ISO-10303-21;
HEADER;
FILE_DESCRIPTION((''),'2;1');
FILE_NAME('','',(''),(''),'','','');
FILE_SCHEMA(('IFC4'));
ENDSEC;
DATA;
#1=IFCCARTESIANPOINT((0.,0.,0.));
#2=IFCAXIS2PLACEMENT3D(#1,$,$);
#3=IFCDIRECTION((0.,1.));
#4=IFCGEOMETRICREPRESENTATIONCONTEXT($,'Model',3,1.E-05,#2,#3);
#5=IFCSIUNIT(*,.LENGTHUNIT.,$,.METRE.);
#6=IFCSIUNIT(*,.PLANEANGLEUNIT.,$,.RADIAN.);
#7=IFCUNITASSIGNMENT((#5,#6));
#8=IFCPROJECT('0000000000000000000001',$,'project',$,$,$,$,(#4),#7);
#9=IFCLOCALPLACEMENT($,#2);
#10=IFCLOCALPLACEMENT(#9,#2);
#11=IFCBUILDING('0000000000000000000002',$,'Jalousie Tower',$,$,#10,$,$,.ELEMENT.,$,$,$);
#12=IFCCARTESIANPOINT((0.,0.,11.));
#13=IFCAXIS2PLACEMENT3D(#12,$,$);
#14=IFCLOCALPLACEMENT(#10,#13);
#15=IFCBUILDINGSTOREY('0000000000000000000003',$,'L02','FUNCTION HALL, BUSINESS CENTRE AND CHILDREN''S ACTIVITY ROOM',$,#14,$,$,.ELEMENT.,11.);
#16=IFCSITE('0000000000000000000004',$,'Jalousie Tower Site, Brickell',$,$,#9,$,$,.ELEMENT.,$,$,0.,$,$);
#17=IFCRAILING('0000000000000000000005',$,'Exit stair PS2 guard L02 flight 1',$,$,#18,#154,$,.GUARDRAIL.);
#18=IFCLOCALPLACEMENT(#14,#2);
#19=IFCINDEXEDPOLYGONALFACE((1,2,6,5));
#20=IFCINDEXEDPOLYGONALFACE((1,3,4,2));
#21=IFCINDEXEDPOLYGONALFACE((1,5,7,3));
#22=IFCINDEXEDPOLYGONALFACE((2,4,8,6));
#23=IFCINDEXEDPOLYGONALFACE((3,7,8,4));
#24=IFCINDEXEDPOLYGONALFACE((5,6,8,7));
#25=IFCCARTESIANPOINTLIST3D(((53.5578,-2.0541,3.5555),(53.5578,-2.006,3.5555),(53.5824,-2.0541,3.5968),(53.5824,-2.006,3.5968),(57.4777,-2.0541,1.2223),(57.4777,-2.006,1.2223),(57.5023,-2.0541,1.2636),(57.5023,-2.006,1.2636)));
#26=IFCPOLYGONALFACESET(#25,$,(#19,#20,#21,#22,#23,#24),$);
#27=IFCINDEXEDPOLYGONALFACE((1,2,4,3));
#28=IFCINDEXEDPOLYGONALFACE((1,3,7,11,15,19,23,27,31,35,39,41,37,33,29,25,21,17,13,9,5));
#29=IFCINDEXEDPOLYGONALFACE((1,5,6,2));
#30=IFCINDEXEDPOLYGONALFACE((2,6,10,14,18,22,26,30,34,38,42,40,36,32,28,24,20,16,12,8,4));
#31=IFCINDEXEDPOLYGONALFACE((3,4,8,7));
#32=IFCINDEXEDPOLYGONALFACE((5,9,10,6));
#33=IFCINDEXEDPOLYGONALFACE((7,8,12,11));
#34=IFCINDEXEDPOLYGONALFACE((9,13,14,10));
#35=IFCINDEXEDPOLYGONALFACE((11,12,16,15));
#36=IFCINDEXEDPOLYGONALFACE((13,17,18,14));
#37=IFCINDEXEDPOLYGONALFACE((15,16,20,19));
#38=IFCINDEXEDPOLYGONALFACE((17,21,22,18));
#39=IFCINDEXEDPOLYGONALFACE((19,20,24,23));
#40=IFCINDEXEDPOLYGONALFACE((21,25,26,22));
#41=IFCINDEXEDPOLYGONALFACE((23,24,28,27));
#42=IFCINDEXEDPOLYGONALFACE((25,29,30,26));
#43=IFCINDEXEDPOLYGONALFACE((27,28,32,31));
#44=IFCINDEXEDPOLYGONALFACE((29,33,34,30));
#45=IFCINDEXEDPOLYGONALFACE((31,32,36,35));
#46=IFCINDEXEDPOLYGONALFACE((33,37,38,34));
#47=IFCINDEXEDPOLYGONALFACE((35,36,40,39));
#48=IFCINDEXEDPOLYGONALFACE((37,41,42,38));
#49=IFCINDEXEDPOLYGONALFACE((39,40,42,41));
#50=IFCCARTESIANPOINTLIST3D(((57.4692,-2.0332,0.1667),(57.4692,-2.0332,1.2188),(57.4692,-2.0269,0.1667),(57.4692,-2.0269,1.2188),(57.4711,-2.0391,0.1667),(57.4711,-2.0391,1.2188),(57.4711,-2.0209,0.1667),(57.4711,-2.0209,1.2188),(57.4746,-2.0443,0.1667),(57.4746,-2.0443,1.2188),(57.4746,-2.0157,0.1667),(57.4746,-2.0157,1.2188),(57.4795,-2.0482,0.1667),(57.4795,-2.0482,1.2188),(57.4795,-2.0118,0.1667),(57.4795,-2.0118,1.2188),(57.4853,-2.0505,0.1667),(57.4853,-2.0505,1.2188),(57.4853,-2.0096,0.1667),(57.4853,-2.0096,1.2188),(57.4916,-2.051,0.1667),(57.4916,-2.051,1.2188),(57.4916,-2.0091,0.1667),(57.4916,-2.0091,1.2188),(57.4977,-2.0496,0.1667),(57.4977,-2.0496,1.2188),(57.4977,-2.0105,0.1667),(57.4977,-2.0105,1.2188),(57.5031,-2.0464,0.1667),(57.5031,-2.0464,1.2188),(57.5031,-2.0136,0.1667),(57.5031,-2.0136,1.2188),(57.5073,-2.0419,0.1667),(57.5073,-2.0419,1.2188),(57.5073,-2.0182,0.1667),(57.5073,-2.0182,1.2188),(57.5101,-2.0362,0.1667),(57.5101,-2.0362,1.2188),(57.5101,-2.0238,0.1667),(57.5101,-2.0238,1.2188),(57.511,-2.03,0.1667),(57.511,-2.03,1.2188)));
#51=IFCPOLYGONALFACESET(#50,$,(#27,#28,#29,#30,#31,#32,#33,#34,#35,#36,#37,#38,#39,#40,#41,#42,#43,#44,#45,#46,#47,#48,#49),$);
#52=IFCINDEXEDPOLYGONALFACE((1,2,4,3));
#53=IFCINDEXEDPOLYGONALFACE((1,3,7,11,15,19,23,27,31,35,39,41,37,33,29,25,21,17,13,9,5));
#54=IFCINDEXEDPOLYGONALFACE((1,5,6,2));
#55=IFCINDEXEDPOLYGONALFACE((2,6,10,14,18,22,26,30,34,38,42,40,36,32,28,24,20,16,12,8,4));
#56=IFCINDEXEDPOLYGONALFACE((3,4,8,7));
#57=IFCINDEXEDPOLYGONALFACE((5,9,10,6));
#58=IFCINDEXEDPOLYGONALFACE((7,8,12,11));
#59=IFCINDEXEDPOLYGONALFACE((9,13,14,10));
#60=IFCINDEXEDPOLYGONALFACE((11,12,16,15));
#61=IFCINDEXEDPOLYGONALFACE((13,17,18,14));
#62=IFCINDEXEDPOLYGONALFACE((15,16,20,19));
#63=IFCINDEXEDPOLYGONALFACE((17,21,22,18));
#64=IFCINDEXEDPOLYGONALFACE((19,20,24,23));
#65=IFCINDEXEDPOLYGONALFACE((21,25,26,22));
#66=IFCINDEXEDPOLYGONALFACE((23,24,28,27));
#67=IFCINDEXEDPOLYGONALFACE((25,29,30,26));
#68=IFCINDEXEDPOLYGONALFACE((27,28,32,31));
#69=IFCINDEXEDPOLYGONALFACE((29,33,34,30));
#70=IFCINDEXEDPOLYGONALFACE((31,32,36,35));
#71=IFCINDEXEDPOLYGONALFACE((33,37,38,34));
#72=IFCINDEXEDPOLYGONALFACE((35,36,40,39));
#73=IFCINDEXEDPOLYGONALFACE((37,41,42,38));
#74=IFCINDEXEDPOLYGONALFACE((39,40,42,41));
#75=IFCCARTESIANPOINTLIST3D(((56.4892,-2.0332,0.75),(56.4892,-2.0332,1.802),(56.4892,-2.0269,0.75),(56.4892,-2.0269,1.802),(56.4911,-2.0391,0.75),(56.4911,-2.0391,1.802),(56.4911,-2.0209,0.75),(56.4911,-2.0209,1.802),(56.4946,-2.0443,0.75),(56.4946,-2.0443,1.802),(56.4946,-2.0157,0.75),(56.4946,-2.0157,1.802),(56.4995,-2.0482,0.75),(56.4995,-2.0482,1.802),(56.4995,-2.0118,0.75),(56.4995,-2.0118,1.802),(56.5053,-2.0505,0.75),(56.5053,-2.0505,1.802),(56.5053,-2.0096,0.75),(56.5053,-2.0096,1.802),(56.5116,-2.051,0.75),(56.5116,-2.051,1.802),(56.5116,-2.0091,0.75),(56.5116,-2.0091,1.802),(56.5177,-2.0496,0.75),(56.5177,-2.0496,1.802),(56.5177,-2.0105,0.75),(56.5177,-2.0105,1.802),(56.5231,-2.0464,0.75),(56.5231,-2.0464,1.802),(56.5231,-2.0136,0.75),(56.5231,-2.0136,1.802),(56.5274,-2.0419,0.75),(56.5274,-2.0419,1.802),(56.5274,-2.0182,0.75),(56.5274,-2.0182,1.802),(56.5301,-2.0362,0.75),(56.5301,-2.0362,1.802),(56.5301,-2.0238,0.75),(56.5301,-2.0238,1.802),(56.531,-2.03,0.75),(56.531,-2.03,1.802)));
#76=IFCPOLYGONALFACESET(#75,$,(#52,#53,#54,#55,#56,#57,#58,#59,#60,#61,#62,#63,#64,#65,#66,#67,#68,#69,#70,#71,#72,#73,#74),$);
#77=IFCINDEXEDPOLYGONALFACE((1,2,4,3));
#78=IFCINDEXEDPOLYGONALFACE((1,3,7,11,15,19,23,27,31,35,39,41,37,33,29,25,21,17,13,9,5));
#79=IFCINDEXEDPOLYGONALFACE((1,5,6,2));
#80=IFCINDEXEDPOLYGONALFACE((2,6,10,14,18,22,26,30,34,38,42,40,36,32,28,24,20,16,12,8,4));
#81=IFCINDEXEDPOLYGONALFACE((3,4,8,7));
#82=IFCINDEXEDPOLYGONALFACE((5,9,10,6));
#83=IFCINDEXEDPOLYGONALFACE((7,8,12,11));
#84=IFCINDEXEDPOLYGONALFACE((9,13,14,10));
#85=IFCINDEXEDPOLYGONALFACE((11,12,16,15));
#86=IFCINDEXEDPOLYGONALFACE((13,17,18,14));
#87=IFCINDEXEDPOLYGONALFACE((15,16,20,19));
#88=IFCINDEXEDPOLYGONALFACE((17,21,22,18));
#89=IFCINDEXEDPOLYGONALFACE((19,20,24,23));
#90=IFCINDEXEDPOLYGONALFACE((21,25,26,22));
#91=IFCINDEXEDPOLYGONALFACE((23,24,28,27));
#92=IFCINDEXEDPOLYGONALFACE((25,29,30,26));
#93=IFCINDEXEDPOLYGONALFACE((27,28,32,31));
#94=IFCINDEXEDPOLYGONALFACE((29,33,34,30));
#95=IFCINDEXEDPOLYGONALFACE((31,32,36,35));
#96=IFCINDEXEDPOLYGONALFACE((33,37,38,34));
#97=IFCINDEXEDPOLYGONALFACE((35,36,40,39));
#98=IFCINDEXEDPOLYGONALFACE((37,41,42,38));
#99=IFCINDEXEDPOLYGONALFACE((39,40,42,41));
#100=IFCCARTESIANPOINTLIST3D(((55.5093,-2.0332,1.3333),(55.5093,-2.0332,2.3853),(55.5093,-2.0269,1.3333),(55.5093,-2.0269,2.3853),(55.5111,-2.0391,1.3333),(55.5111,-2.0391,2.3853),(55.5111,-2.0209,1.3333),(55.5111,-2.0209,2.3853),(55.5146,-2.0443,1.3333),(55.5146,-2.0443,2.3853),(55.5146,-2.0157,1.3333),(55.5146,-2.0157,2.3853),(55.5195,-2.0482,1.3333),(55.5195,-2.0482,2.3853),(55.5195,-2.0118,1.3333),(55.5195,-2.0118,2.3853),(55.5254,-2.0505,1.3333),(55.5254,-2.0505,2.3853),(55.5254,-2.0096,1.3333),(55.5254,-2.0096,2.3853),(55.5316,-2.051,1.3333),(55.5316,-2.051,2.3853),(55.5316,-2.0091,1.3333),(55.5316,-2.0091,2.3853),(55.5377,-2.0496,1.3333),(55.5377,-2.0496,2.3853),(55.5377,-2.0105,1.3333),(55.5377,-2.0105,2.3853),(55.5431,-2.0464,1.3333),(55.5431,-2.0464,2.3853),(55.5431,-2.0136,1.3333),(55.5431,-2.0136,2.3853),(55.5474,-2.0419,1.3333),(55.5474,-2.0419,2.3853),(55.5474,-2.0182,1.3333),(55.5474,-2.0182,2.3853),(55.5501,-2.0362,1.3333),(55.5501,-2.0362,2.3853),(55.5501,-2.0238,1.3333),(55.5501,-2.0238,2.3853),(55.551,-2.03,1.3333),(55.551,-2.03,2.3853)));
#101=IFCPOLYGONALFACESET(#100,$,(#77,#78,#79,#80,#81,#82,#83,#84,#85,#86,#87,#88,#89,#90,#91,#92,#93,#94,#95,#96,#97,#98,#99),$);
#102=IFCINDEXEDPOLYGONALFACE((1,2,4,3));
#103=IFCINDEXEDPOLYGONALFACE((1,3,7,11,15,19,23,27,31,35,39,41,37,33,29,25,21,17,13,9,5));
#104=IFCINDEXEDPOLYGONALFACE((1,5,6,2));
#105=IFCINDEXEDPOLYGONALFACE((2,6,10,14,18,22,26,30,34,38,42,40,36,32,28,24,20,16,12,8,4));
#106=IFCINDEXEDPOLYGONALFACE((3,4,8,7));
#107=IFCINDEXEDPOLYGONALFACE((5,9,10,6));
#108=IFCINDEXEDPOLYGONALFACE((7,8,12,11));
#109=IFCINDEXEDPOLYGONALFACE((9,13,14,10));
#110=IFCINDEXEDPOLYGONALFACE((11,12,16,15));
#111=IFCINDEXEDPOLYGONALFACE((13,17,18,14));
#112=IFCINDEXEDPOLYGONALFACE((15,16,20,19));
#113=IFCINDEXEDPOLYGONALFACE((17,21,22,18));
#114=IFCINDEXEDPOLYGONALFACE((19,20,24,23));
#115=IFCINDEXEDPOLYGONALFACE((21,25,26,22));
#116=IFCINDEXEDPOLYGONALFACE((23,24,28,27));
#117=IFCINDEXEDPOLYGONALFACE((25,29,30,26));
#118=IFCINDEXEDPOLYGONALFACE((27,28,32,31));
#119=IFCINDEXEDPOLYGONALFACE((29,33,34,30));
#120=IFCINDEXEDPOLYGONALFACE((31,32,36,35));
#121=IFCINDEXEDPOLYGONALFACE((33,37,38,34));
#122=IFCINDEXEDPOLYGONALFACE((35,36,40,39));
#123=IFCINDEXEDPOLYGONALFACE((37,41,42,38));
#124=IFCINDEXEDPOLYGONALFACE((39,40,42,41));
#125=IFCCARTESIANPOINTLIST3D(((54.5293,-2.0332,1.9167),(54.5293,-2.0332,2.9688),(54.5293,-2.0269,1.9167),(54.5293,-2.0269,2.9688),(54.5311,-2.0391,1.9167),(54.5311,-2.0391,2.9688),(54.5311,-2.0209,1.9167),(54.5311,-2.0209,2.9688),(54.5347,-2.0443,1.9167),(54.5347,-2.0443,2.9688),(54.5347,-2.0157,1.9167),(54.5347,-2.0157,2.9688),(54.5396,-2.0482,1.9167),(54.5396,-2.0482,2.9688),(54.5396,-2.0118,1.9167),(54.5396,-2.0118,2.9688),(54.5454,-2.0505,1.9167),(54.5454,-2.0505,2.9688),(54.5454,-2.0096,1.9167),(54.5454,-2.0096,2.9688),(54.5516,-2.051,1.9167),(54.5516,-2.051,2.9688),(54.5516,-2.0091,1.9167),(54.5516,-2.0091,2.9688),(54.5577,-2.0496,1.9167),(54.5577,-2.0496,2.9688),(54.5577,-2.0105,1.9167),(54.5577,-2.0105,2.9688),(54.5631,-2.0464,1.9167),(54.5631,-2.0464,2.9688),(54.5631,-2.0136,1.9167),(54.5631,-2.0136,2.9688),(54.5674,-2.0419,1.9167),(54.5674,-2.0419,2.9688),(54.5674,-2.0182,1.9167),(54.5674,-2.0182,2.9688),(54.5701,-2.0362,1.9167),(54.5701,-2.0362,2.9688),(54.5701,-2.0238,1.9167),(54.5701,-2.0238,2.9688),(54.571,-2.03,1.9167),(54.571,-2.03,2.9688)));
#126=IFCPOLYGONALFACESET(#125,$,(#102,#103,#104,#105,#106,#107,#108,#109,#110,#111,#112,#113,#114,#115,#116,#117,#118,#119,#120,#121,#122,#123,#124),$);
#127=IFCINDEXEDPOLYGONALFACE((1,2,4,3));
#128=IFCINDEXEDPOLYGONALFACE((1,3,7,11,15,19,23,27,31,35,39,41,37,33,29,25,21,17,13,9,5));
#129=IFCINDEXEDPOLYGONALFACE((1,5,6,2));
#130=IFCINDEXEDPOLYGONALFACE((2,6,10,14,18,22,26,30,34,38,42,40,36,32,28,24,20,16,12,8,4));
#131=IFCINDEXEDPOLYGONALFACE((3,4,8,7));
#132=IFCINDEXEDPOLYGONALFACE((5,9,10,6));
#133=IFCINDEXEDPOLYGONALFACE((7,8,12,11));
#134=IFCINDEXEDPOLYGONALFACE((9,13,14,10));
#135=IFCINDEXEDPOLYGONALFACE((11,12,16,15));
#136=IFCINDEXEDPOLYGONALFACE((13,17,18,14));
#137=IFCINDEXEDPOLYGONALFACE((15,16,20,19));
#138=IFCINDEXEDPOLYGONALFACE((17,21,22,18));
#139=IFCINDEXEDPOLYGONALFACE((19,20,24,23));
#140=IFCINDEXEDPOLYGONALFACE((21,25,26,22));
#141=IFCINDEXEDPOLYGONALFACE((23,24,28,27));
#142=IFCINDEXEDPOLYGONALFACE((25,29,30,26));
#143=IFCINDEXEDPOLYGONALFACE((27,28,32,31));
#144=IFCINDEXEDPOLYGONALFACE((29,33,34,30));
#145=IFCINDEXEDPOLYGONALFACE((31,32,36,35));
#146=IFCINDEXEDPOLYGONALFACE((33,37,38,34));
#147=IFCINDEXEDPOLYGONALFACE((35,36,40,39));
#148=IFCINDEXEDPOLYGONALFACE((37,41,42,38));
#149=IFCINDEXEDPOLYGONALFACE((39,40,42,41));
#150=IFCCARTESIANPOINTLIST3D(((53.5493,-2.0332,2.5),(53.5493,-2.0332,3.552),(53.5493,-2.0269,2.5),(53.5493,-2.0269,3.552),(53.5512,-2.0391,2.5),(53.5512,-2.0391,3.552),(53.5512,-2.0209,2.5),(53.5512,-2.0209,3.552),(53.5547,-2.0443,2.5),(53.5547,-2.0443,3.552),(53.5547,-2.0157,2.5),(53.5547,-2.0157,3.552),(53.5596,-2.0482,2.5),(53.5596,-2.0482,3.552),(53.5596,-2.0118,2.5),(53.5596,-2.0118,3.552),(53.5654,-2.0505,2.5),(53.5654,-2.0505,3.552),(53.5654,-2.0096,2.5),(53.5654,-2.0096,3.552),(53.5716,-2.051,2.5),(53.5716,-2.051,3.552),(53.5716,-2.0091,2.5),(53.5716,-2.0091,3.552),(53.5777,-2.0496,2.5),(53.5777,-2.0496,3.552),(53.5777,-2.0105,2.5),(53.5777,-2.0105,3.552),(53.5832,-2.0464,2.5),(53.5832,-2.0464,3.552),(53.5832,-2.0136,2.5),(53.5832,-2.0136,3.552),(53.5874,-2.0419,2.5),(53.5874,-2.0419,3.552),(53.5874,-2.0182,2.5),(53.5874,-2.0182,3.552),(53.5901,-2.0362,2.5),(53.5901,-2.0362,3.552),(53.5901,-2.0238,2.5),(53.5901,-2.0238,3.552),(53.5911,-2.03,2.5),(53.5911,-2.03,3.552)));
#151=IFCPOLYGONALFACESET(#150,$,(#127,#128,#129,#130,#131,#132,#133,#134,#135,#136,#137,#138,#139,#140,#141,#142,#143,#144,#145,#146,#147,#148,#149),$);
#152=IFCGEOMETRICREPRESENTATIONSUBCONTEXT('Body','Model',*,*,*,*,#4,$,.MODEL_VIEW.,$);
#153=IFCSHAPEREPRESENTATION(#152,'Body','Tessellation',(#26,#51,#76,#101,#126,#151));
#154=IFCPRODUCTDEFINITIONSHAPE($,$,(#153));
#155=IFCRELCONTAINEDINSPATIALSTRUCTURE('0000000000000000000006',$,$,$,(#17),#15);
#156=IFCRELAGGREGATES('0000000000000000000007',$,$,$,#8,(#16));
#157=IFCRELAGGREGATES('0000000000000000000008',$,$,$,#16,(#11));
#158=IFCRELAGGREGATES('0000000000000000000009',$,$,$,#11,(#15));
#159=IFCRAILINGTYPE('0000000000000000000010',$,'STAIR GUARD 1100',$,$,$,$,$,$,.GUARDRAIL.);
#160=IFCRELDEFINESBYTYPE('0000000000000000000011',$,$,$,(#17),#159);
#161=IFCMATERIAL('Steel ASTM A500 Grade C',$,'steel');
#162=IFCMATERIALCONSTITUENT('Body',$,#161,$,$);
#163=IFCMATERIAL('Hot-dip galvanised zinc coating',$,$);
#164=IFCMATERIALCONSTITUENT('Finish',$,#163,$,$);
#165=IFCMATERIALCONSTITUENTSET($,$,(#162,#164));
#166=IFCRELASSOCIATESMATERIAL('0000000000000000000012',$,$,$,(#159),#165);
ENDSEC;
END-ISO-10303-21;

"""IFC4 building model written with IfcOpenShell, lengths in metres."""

from ifc_helpers import new_model, si_unit, direction, frame, origin, origin_2d, place, context, subcontext, project, spatial, rectangle, circle, extrude, material, constituent, constituent_set, type_object, element, save


model = new_model("IFC4")

# Units and contexts
model_context = context("Model", 3, precision=1e-05, world=origin(), true_north=direction((0.0, 1.0)))
body_context = subcontext(model_context, "Body", "Model", "MODEL_VIEW")
ifc_project = project(units=[si_unit("LENGTHUNIT", "METRE"), si_unit("PLANEANGLEUNIT", "RADIAN")], contexts=[model_context])

# Site, building, storey
site_placement = place(None, origin())
site = spatial("IfcSite", under=ifc_project, at=site_placement, Name="Jalousie Tower Site, Brickell", CompositionType="ELEMENT", RefElevation=0.0)
building_placement = place(site_placement, origin())
building = spatial("IfcBuilding", under=site, at=building_placement, Name="Jalousie Tower", CompositionType="ELEMENT")
storey_placement = place(building_placement, frame((0.0, 0.0, 11.0)))
storey = spatial("IfcBuildingStorey", under=building, at=storey_placement, Name="L02", Description="FUNCTION HALL, BUSINESS CENTRE AND CHILDREN'S ACTIVITY ROOM", CompositionType="ELEMENT", Elevation=11.0)

# Railing
ifc_material_1 = material(Name="Steel ASTM A500 Grade C", Category="steel")
ifc_constituent_1 = constituent(ifc_material_1, Name="Body")
ifc_material_2 = material(Name="Hot-dip galvanised zinc coating")
ifc_constituent_2 = constituent(ifc_material_2, Name="Finish")
ifc_constituent_set_1 = constituent_set(constituents=[ifc_constituent_1, ifc_constituent_2])
railing_type_1 = type_object("IfcRailingType", Name="STAIR GUARD 1100", PredefinedType="GUARDRAIL", material=ifc_constituent_set_1)
railing_1_placement = place(storey_placement, frame((57.49, -2.03, 0.1667)))
element("IfcRailing", 1, at=railing_1_placement, inside=storey, type_object=railing_type_1, Name="Exit stair PS2 guard L02 flight 1", PredefinedType="GUARDRAIL", context=body_context, shape_type="SweptSolid", body=[
    extrude(rectangle(XDim=0.0481, YDim=0.0481, at=origin_2d()), frame((0.0, 0.0, 1.0762), z_axis=(-0.859296, 0.0, 0.511478), x_axis=(0.0, -1.0, 0.0)), (0.0, 0.0, 1.0), 4.5618),
    extrude(circle(Radius=0.021, at=origin_2d()), origin(), (0.0, 0.0, 1.0), 1.052),
    extrude(circle(Radius=0.021, at=origin_2d()), frame((-0.98, 0.0, 0.5833)), (0.0, 0.0, 1.0), 1.052),
    extrude(circle(Radius=0.021, at=origin_2d()), frame((-1.96, 0.0, 1.1665)), (0.0, 0.0, 1.0), 1.052),
    extrude(circle(Radius=0.021, at=origin_2d()), frame((-2.9399, 0.0, 1.75)), (0.0, 0.0, 1.0), 1.052),
    extrude(circle(Radius=0.021, at=origin_2d()), frame((-3.9199, 0.0, 2.3333)), (0.0, 0.0, 1.0), 1.052),
])

save(model, "model.ifc")
